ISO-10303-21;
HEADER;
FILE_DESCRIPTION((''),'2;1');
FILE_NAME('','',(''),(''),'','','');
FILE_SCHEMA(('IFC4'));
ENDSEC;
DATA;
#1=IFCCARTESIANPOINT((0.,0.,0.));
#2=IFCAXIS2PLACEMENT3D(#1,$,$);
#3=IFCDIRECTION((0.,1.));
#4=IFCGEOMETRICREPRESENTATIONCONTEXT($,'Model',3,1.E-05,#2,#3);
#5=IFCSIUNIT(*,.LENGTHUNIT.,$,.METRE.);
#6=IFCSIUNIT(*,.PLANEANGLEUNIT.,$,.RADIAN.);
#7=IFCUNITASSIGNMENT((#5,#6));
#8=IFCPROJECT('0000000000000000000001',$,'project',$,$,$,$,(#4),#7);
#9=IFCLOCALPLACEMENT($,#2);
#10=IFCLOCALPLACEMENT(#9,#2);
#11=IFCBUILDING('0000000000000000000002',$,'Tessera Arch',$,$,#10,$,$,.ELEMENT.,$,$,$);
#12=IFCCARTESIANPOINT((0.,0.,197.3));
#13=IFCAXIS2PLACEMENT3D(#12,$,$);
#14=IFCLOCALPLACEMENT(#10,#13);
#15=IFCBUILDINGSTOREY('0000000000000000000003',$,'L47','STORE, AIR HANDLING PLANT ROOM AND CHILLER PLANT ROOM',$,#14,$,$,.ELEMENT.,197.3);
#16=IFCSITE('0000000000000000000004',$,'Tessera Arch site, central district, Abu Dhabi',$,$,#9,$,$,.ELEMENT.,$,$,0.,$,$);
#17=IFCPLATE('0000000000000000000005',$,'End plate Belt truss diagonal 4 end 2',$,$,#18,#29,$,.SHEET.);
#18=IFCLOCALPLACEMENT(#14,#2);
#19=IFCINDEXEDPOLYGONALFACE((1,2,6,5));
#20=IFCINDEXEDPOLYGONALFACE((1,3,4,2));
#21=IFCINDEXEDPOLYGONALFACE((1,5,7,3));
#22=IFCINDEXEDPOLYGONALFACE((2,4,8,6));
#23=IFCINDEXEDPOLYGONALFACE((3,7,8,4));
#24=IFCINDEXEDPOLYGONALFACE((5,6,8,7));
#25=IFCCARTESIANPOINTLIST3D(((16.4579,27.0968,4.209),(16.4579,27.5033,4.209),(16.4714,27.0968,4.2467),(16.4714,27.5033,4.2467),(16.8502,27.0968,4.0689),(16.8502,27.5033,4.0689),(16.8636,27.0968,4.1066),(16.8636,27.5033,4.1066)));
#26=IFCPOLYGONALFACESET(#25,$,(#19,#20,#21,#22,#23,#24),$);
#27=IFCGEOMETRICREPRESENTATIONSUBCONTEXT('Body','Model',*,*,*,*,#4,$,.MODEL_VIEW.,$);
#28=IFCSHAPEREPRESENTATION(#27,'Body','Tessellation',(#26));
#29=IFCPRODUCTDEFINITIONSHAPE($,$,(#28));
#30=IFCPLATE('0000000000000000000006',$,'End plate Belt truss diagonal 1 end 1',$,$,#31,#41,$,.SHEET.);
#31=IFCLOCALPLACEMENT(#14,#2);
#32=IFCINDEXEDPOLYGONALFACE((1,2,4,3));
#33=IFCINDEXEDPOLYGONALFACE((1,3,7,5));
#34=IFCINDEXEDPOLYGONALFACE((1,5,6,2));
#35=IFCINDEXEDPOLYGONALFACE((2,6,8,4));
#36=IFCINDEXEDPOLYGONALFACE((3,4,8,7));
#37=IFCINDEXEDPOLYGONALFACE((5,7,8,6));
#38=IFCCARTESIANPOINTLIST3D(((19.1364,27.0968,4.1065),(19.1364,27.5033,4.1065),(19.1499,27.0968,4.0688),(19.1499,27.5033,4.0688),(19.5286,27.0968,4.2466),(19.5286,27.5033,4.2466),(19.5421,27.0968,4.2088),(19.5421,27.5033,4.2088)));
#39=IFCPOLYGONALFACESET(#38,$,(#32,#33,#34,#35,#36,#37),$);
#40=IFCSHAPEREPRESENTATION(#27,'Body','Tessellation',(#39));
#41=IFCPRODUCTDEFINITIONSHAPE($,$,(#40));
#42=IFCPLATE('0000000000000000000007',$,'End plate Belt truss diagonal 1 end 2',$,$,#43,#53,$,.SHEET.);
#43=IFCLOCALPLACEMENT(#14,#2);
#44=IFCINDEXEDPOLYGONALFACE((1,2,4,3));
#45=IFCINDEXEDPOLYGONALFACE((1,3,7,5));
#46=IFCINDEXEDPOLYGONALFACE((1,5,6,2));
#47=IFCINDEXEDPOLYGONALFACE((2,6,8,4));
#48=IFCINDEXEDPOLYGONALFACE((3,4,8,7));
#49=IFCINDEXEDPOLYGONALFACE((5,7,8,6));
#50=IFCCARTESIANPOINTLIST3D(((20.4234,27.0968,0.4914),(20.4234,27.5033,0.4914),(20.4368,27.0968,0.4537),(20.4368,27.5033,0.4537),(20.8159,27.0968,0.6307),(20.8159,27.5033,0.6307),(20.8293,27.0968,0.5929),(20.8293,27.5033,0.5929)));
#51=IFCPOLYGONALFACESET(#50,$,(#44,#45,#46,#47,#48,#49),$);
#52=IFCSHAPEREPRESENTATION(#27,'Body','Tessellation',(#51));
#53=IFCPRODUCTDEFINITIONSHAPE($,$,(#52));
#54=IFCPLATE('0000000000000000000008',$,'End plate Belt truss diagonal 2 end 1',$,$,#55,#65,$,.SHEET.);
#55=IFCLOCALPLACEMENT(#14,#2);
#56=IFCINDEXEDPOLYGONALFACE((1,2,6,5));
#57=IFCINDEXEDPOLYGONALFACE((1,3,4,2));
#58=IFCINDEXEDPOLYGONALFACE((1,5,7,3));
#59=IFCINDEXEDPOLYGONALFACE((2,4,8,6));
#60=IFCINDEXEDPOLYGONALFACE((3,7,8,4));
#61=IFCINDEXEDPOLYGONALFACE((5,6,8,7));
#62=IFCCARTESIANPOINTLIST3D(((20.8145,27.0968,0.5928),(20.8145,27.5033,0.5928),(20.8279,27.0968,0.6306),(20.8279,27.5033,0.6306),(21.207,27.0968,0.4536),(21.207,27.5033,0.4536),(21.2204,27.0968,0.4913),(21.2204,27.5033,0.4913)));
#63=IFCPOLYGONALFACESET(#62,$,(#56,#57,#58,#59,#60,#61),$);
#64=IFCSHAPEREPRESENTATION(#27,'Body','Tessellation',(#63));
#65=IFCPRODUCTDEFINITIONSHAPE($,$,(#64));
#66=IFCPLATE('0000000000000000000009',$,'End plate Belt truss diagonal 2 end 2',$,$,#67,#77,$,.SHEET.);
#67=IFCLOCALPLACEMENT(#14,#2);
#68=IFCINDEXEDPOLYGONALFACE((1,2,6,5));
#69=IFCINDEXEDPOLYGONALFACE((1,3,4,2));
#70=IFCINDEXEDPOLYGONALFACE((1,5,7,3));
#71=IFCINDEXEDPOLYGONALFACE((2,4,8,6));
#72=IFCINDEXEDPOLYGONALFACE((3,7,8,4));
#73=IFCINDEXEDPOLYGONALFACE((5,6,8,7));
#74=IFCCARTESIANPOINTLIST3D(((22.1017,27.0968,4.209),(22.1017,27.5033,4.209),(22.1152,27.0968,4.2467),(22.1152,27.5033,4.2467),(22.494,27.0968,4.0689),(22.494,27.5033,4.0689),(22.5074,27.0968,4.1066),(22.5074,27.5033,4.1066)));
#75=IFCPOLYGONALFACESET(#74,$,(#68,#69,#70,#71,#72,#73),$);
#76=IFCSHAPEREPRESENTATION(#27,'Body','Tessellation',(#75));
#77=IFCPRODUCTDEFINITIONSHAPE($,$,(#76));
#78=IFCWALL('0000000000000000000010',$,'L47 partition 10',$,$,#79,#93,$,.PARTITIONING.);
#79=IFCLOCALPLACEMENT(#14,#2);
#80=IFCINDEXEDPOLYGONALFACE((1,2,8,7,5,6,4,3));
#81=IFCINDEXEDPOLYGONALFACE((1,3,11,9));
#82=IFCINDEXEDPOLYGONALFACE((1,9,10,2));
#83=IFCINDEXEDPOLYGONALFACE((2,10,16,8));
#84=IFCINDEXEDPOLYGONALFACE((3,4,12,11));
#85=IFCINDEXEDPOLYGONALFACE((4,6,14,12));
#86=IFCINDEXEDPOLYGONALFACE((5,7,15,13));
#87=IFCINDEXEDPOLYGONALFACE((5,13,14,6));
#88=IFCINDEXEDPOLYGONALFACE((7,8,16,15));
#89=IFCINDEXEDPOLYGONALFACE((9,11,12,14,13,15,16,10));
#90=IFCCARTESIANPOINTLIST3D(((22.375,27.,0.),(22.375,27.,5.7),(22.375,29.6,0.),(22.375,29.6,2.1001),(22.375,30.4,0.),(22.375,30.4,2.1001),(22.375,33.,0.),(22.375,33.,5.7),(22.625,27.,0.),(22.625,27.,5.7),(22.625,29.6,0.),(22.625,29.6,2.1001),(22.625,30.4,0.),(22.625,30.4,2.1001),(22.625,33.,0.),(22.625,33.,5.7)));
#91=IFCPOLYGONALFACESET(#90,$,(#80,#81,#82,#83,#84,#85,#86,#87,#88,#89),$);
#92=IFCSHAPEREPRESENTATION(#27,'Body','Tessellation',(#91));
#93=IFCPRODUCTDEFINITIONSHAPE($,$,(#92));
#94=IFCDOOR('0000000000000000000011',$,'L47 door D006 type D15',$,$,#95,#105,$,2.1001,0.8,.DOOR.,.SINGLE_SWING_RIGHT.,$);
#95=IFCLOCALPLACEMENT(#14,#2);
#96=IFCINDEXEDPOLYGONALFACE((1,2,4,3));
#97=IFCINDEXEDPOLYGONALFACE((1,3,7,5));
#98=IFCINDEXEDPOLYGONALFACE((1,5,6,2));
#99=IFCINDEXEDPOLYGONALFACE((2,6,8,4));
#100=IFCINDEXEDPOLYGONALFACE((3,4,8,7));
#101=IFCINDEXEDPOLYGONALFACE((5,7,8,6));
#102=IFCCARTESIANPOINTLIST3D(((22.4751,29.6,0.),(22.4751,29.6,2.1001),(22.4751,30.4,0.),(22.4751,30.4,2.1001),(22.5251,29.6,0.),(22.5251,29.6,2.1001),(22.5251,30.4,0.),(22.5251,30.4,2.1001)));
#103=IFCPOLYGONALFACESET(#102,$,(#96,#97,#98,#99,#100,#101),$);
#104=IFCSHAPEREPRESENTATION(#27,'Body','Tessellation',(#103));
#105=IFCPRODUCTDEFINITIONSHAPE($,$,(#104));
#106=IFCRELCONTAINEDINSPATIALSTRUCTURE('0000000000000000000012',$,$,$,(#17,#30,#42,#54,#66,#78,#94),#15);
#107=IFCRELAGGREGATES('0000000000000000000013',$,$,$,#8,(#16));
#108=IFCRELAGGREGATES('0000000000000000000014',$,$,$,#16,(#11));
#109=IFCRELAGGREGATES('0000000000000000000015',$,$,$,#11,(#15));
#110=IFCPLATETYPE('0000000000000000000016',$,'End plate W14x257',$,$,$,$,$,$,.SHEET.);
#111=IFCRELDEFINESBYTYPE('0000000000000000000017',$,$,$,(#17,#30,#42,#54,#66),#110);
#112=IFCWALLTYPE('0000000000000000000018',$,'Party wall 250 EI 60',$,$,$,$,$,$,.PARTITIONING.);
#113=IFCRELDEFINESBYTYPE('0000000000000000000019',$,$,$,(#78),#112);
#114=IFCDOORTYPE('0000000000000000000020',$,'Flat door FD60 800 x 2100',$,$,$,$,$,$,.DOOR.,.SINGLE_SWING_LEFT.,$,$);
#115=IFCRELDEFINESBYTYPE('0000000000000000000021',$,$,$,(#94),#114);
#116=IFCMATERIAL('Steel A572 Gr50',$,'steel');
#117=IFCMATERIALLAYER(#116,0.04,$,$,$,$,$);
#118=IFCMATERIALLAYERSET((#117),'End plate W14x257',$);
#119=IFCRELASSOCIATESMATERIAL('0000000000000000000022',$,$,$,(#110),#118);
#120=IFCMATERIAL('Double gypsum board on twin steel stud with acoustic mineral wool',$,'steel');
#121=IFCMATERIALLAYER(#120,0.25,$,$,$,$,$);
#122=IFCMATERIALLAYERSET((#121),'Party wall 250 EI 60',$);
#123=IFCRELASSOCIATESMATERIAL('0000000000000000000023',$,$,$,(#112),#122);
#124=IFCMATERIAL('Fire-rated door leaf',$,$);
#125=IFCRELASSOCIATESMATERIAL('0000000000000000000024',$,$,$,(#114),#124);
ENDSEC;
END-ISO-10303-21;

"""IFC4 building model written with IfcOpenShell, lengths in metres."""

from ifc_helpers import new_model, si_unit, direction, frame, frame_2d, origin, origin_2d, place, context, subcontext, project, spatial, rectangle, extrude, material, layer, layer_set, type_object, element, fill, save


model = new_model("IFC4")

# Units and contexts
model_context = context("Model", 3, precision=1e-05, world=origin(), true_north=direction((0.0, 1.0)))
body_context = subcontext(model_context, "Body", "Model", "MODEL_VIEW")
ifc_project = project(units=[si_unit("LENGTHUNIT", "METRE"), si_unit("PLANEANGLEUNIT", "RADIAN")], contexts=[model_context])

# Site, building, storey
site_placement = place(None, origin())
site = spatial("IfcSite", under=ifc_project, at=site_placement, Name="Tessera Arch site, central district, Abu Dhabi", CompositionType="ELEMENT", RefElevation=0.0)
building_placement = place(site_placement, origin())
building = spatial("IfcBuilding", under=site, at=building_placement, Name="Tessera Arch", CompositionType="ELEMENT")
storey_placement = place(building_placement, frame((0.0, 0.0, 197.3)))
storey = spatial("IfcBuildingStorey", under=building, at=storey_placement, Name="L47", Description="STORE, AIR HANDLING PLANT ROOM AND CHILLER PLANT ROOM", CompositionType="ELEMENT", Elevation=197.3)

# Plates
ifc_material_1 = material(Name="Steel A572 Gr50", Category="steel")
ifc_layer_1 = layer(ifc_material_1, 0.04)
ifc_layer_set_1 = layer_set([ifc_layer_1], Name="End plate W14x257")
plate_type_1 = type_object("IfcPlateType", Name="End plate W14x257", PredefinedType="SHEET", material=ifc_layer_set_1)
for number, where, z_axis, x_axis, name in (
    (1, (16.6541, 27.3, 4.1389), (0.336336, 0.0, 0.941742), (0.0, 1.0, 0.0), "End plate Belt truss diagonal 4 end 2"),
    (2, (19.3325, 27.3, 4.1765), (0.336336, 0.0, -0.941742), (0.0, 1.0, 0.0), "End plate Belt truss diagonal 1 end 1"),
    (3, (20.6196, 27.3, 0.561), (0.33441, 0.0, -0.942428), (0.0, 1.0, 0.0), "End plate Belt truss diagonal 1 end 2"),
    (4, (21.0107, 27.3, 0.5232), (0.33441, 0.0, 0.942428), (0.0, 1.0, 0.0), "End plate Belt truss diagonal 2 end 1"),
    (5, (22.2979, 27.3, 4.1389), (0.336336, 0.0, 0.941742), (0.0, 1.0, 0.0), "End plate Belt truss diagonal 2 end 2"),
):
    element("IfcPlate", number, at=place(storey_placement, frame(where, z_axis=z_axis, x_axis=x_axis)), inside=storey, type_object=plate_type_1, Name=name, PredefinedType="SHEET", context=body_context, shape_type="SweptSolid", body=[
        extrude(rectangle(XDim=0.4065, YDim=0.4165, at=origin_2d()), origin(), (0.0, 0.0, 1.0), 0.04),
    ])

# Wall, opening, door
ifc_material_2 = material(Name="Double gypsum board on twin steel stud with acoustic mineral wool", Category="steel")
ifc_layer_2 = layer(ifc_material_2, 0.25)
ifc_layer_set_2 = layer_set([ifc_layer_2], Name="Party wall 250 EI 60")
wall_type = type_object("IfcWallType", Name="Party wall 250 EI 60", PredefinedType="PARTITIONING", material=ifc_layer_set_2)
wall_placement = place(storey_placement, frame((22.5, 27.0, 0.0), z_axis=(0.0, 0.0, 1.0), x_axis=(0.0, 1.0, 0.0)))
wall = element("IfcWall", 6, at=wall_placement, inside=storey, type_object=wall_type, Name="L47 partition 10", PredefinedType="PARTITIONING", context=body_context, shape_type="SweptSolid", body=[
    extrude(rectangle(XDim=6.0, YDim=0.25, at=frame_2d((3.0, 0.0))), origin(), (0.0, 0.0, 1.0), 5.7),
])
opening_placement = place(wall_placement, frame((2.6001, 0.0, 0.0)))
opening = element("IfcOpeningElement", 7, at=opening_placement, cuts=wall, PredefinedType="OPENING", context=body_context, shape_type="SweptSolid", body=[
    extrude(rectangle(XDim=0.8, YDim=2.1001, at=frame_2d((0.3999, 1.05))), frame((0.0, 0.135, 0.0), z_axis=(0.0, -1.0, 0.0), x_axis=(1.0, 0.0, 0.0)), (0.0, 0.0, 1.0), 0.27),
])
ifc_material_3 = material(Name="Fire-rated door leaf")
door_type = type_object("IfcDoorType", Name="Flat door FD60 800 x 2100", OperationType="SINGLE_SWING_LEFT", PredefinedType="DOOR", material=ifc_material_3)
door_placement = place(opening_placement, origin())
door = element("IfcDoor", 8, at=door_placement, inside=storey, type_object=door_type, Name="L47 door D006 type D15", OperationType="SINGLE_SWING_RIGHT", OverallHeight=2.1001, OverallWidth=0.8, PredefinedType="DOOR", context=body_context, shape_type="SweptSolid", body=[
    extrude(rectangle(XDim=0.8, YDim=2.1001, at=frame_2d((0.3999, 1.05))), frame((0.0, 0.0249, 0.0), z_axis=(0.0, -1.0, 0.0), x_axis=(1.0, 0.0, 0.0)), (0.0, 0.0, 1.0), 0.05),
])
fill(opening, door)

save(model, "model.ifc")
